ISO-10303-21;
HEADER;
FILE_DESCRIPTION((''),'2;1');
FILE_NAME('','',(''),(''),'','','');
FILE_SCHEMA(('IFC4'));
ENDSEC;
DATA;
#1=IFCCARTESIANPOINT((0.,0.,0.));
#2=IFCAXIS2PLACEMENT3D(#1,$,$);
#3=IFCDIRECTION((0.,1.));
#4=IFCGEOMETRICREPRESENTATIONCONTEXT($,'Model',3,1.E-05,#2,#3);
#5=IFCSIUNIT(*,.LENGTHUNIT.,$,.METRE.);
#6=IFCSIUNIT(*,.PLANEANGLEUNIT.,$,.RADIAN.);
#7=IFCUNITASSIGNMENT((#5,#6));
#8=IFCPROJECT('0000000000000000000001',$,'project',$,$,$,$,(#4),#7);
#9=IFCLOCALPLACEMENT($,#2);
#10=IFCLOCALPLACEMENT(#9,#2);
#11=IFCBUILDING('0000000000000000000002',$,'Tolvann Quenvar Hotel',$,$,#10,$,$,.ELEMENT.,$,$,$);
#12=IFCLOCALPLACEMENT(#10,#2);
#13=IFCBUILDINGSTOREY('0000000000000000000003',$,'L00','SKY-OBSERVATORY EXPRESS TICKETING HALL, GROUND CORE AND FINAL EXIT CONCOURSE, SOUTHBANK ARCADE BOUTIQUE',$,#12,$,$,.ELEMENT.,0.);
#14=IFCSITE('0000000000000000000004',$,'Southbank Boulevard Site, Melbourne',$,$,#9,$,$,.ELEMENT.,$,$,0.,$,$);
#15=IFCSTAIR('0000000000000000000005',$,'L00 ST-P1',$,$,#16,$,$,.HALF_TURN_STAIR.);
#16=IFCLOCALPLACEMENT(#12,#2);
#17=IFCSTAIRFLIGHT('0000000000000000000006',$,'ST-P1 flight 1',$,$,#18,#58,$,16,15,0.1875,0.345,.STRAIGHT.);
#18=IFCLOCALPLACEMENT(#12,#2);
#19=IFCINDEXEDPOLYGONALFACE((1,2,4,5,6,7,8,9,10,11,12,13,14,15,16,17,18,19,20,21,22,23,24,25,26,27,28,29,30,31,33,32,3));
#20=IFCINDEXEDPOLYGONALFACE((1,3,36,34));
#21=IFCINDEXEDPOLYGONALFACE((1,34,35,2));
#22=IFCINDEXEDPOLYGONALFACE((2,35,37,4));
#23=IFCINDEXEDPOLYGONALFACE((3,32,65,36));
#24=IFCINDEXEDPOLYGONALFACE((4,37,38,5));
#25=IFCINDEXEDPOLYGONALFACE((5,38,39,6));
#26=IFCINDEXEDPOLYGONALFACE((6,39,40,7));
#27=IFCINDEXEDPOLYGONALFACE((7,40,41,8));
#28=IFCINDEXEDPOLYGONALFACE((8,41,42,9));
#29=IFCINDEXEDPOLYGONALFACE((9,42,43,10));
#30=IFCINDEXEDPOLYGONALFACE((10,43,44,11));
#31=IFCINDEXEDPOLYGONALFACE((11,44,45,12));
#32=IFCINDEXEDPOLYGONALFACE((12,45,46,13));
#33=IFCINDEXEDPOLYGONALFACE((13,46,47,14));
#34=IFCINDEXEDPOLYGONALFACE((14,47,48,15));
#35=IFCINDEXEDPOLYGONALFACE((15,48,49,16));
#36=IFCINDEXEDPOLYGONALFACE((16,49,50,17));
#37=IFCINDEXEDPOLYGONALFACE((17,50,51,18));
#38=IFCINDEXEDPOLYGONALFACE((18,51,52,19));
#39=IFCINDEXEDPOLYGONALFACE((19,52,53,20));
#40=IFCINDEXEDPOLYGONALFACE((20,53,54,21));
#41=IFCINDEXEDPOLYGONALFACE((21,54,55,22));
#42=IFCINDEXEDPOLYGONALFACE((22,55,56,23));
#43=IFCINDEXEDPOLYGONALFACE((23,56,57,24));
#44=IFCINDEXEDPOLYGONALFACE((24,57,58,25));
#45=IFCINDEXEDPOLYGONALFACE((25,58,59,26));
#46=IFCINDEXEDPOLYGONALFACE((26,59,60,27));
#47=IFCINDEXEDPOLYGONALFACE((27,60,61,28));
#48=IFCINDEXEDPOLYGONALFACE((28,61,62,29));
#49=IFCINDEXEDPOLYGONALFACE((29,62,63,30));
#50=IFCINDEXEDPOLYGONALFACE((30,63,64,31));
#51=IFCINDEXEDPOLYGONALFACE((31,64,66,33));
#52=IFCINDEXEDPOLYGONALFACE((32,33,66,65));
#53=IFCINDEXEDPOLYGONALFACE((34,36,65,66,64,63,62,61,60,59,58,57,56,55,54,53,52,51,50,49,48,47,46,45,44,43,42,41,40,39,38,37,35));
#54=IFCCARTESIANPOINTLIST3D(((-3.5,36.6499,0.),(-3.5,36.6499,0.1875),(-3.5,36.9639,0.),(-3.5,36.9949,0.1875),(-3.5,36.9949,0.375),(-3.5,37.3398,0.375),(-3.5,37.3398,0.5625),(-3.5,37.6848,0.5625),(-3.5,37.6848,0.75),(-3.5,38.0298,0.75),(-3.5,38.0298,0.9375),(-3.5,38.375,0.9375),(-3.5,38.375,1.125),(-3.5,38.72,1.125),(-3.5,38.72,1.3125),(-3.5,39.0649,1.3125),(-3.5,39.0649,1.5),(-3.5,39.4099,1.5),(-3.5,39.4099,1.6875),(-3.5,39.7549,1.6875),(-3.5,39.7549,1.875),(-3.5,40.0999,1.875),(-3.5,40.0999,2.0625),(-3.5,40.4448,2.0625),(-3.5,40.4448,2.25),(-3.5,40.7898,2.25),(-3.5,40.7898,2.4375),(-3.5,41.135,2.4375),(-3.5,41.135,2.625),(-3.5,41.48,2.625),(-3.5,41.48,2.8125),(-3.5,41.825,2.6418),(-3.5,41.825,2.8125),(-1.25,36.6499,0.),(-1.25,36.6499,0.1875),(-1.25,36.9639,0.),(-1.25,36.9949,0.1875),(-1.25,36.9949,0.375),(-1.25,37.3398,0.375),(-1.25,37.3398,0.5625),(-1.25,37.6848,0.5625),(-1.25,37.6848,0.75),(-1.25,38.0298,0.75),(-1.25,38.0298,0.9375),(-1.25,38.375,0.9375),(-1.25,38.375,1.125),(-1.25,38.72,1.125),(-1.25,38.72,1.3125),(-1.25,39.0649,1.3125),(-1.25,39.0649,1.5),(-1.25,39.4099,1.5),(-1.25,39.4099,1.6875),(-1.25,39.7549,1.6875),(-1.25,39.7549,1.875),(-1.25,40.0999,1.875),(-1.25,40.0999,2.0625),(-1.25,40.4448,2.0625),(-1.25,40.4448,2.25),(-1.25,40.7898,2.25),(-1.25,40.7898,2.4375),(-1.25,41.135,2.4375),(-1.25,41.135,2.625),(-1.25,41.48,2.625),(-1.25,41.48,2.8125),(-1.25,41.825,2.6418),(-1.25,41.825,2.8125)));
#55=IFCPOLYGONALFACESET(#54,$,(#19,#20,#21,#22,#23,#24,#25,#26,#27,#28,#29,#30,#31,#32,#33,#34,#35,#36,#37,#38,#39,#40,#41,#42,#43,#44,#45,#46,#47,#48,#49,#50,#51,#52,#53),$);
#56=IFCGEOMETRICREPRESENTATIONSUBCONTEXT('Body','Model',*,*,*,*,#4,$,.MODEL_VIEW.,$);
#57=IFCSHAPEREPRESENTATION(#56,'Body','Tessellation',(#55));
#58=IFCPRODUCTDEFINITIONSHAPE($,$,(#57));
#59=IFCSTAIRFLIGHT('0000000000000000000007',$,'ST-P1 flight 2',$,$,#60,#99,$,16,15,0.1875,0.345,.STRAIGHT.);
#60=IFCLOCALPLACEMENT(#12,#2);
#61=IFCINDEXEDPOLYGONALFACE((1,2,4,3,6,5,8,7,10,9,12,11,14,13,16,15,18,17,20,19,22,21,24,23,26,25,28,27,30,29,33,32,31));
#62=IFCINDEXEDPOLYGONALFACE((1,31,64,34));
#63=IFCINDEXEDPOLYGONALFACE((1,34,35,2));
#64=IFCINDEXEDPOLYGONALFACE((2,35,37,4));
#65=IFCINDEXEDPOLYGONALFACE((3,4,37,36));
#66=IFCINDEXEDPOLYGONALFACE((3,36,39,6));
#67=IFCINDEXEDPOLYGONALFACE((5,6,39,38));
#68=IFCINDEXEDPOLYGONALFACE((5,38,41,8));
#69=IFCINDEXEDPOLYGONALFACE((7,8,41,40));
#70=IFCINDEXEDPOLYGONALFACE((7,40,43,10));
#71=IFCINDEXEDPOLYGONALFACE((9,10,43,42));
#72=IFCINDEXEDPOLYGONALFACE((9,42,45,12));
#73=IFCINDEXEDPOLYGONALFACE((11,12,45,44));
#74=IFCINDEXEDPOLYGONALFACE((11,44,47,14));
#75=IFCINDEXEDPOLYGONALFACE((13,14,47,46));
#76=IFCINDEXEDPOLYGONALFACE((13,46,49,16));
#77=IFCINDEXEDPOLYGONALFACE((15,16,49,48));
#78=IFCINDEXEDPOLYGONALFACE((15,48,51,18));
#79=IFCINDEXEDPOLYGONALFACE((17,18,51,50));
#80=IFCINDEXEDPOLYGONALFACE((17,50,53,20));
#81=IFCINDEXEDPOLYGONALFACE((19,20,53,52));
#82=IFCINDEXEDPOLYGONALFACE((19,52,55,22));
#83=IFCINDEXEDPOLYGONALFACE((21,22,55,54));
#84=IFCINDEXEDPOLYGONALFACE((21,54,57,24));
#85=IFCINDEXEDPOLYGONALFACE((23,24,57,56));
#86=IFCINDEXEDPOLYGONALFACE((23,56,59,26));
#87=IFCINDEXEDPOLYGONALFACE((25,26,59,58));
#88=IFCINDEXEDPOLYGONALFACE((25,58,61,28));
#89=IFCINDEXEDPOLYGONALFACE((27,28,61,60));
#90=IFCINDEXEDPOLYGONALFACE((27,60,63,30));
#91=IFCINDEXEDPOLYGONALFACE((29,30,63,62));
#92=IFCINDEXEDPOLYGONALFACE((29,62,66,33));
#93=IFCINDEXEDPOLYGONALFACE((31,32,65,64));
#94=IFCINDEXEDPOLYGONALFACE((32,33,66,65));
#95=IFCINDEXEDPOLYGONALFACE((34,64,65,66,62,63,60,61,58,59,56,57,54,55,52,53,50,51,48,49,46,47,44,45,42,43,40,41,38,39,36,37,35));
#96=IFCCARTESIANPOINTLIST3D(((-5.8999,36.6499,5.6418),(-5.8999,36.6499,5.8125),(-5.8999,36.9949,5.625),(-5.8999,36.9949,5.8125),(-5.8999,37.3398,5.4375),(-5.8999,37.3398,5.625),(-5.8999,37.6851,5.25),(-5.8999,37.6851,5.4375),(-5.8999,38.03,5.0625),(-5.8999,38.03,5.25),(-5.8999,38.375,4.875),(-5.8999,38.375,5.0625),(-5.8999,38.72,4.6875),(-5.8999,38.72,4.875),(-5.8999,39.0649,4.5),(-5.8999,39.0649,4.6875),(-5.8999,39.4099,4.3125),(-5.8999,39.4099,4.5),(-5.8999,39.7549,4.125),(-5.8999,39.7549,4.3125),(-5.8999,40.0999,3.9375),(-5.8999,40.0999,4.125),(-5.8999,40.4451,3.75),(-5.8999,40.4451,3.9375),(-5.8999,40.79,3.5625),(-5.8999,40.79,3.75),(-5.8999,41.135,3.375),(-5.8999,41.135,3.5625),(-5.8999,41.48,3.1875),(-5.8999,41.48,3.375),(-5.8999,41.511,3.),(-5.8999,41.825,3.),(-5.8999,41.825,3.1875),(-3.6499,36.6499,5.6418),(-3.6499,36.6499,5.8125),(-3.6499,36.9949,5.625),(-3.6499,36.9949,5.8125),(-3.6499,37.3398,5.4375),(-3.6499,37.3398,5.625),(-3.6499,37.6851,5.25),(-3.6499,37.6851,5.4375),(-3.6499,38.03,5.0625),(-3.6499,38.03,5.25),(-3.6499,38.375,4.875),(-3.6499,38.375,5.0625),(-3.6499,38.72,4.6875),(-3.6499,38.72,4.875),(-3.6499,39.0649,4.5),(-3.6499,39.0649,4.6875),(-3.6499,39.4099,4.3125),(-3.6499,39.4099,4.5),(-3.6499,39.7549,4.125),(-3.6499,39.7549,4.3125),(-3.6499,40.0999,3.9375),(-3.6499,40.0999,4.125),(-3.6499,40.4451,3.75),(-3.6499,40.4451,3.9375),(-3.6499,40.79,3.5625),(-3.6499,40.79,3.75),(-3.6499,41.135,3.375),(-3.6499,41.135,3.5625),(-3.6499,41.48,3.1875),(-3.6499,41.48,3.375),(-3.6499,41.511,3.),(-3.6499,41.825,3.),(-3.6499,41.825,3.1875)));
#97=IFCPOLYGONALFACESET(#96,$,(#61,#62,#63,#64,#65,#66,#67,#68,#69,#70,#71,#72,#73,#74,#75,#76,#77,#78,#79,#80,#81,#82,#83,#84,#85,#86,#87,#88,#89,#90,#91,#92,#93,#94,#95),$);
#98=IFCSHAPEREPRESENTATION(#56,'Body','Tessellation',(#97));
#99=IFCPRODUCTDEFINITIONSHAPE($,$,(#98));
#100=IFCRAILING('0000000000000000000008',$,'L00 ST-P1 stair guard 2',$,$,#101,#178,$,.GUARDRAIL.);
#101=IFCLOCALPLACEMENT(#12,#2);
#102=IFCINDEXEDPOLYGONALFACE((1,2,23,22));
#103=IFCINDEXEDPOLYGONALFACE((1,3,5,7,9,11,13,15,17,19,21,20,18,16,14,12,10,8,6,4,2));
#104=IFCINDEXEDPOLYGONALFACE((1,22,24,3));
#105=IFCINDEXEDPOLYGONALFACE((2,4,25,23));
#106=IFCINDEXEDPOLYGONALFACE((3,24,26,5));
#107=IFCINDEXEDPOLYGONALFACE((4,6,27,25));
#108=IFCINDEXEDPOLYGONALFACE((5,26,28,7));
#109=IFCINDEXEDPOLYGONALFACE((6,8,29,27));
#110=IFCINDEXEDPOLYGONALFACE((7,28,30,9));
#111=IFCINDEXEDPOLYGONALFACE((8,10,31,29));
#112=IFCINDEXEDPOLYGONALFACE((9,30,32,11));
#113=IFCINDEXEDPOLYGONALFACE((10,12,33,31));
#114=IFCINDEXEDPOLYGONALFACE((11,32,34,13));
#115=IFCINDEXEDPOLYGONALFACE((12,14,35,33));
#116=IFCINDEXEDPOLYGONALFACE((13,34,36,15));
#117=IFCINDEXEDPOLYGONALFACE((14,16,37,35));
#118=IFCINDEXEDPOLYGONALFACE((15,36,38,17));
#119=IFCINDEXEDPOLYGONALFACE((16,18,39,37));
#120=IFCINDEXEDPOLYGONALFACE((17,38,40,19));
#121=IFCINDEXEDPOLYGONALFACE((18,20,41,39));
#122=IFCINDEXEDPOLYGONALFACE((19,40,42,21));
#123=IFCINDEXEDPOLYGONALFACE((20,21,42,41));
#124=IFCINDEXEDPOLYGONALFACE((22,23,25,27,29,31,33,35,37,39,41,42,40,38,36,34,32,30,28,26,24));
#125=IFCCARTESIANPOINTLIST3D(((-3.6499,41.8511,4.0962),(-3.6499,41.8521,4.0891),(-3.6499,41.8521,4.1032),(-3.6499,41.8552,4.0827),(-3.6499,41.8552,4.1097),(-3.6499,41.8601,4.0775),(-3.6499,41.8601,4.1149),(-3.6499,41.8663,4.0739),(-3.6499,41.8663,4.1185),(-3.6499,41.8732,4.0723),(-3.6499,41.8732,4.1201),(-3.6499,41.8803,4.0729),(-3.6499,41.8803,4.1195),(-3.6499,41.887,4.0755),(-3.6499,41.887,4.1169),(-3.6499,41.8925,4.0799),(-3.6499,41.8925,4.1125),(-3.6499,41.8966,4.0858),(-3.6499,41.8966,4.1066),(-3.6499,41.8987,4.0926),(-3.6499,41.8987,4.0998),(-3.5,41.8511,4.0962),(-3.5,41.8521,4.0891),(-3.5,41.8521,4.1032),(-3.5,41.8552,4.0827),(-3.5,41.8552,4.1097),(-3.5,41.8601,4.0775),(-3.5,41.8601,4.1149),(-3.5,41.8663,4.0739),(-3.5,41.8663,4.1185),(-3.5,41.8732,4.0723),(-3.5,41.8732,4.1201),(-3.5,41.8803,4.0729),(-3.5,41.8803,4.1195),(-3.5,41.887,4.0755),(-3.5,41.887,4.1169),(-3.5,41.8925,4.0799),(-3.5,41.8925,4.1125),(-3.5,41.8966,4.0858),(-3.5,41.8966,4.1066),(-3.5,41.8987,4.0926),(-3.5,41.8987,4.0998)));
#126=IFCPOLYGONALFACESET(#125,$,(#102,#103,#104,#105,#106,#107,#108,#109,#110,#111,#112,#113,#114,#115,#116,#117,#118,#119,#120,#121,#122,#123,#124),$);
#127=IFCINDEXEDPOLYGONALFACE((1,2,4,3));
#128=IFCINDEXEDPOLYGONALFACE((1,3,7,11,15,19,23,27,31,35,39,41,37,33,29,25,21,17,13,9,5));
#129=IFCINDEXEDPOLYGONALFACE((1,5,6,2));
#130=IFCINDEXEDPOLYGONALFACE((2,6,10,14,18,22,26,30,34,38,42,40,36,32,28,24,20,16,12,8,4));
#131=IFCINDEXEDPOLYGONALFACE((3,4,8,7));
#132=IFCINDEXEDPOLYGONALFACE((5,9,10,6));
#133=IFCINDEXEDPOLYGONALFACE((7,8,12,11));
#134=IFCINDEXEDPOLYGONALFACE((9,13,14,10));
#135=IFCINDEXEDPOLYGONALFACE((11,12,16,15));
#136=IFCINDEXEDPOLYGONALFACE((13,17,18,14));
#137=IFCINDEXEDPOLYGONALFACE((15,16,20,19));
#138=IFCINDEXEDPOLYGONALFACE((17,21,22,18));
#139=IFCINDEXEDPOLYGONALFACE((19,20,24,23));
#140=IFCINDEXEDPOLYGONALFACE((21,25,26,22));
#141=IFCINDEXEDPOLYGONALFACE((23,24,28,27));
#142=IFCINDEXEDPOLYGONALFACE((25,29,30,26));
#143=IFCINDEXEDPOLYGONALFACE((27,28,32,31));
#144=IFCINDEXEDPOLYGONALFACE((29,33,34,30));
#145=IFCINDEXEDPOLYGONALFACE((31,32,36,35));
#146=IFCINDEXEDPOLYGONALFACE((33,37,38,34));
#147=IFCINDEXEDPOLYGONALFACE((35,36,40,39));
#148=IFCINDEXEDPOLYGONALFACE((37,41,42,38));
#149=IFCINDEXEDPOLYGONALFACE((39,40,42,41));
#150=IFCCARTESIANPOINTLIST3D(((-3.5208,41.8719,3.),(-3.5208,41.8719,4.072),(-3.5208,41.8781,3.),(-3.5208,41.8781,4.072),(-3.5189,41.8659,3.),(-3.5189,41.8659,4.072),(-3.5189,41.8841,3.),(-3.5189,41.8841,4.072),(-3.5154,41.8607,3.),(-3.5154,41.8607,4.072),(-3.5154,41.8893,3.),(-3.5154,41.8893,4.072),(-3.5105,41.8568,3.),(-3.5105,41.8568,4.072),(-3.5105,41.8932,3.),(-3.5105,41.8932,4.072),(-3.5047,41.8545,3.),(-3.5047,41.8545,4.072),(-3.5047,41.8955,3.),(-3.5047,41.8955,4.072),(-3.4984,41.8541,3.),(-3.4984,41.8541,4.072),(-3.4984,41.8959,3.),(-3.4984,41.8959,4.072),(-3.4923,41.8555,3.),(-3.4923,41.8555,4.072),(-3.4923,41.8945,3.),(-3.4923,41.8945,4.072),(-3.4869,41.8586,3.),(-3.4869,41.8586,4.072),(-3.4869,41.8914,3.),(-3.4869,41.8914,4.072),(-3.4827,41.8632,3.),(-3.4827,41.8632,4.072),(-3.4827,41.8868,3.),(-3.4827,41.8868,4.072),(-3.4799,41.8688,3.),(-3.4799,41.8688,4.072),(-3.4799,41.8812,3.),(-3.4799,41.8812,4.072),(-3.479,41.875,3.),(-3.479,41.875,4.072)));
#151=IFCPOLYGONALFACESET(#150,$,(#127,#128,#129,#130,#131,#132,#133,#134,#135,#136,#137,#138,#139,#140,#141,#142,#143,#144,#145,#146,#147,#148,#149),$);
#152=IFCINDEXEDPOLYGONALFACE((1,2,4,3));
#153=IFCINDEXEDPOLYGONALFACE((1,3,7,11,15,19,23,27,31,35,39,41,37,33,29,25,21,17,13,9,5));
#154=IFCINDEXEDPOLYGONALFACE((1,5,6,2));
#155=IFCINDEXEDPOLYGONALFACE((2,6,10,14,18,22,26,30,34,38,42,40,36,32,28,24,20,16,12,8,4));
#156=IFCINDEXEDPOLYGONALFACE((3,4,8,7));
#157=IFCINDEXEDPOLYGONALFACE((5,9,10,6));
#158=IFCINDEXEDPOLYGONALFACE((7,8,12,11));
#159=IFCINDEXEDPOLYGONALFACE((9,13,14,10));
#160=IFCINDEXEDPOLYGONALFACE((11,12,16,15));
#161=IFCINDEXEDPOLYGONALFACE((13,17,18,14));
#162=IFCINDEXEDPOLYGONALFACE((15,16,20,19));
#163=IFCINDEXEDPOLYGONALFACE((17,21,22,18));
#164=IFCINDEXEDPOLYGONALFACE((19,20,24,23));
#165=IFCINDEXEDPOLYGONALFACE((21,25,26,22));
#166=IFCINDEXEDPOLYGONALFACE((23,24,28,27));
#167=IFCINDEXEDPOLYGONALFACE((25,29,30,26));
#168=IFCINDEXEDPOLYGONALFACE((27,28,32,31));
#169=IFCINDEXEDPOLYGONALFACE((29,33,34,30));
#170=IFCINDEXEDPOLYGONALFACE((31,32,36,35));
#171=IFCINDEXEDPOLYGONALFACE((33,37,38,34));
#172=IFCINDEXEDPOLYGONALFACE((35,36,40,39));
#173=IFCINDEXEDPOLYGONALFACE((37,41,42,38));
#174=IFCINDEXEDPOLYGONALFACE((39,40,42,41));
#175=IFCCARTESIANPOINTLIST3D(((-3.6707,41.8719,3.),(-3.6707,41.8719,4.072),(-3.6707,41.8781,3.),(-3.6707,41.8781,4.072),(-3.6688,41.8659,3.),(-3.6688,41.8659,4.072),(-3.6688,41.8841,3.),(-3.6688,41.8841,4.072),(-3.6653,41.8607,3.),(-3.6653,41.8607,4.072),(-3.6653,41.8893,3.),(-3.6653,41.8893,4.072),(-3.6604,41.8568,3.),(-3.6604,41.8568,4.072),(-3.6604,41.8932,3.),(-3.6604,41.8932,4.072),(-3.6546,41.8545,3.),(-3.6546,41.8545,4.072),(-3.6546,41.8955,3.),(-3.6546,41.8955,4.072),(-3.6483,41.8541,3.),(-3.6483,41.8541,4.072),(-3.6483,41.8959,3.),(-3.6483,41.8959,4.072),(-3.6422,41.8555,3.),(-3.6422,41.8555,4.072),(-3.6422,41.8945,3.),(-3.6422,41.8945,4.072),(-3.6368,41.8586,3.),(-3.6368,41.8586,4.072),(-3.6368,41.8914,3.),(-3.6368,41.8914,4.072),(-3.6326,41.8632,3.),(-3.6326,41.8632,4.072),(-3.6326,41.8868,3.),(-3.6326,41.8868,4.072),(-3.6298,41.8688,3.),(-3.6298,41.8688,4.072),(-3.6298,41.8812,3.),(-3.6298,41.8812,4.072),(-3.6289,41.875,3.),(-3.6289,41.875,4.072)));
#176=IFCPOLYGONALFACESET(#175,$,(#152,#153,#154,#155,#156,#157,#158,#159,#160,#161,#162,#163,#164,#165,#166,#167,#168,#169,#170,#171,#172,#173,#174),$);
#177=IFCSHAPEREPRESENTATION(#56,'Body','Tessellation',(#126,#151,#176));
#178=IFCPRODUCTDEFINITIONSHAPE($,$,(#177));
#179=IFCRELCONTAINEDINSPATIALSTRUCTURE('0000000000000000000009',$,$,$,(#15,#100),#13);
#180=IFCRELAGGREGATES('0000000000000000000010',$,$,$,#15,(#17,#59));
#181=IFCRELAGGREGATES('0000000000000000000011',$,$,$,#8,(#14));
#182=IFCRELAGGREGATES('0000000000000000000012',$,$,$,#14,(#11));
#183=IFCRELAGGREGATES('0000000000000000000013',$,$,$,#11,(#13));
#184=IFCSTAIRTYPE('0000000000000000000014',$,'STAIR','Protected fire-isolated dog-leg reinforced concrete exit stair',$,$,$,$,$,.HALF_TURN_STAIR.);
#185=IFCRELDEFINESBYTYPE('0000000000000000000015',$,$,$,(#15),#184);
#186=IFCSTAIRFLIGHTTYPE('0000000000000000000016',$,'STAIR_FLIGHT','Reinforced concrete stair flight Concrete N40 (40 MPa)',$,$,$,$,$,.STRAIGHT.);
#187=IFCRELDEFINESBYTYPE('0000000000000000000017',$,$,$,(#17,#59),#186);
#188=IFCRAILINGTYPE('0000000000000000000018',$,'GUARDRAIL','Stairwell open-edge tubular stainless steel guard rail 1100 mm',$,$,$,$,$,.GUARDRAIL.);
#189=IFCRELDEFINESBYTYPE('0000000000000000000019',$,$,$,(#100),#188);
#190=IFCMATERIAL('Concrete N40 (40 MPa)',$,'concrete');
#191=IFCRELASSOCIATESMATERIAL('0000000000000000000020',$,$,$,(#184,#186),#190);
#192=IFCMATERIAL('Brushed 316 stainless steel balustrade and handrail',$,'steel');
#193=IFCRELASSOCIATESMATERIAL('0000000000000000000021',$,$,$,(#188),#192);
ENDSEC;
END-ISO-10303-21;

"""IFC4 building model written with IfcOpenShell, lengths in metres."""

from ifc_helpers import new_model, si_unit, direction, frame, origin, origin_2d, place, context, subcontext, project, spatial, polyline, circle, outline, extrude, material, type_object, element, aggregate, save


model = new_model("IFC4")

# Units and contexts
model_context = context("Model", 3, precision=1e-05, world=origin(), true_north=direction((0.0, 1.0)))
body_context = subcontext(model_context, "Body", "Model", "MODEL_VIEW")
ifc_project = project(units=[si_unit("LENGTHUNIT", "METRE"), si_unit("PLANEANGLEUNIT", "RADIAN")], contexts=[model_context])

# Site, building, storey
site_placement = place(None, origin())
site = spatial("IfcSite", under=ifc_project, at=site_placement, Name="Southbank Boulevard Site, Melbourne", CompositionType="ELEMENT", RefElevation=0.0)
building_placement = place(site_placement, origin())
building = spatial("IfcBuilding", under=site, at=building_placement, Name="Tolvann Quenvar Hotel", CompositionType="ELEMENT")
storey_placement = place(building_placement, origin())
storey = spatial("IfcBuildingStorey", under=building, at=storey_placement, Name="L00", Description="SKY-OBSERVATORY EXPRESS TICKETING HALL, GROUND CORE AND FINAL EXIT CONCOURSE, SOUTHBANK ARCADE BOUTIQUE", CompositionType="ELEMENT", Elevation=0.0)

# Shared definitions
ifc_material_1 = material(Name="Concrete N40 (40 MPa)", Category="concrete")

# Stair, stair flights
stair_type = type_object("IfcStairType", Name="STAIR", Description="Protected fire-isolated dog-leg reinforced concrete exit stair", PredefinedType="HALF_TURN_STAIR", material=ifc_material_1)
stair_placement = place(storey_placement, origin())
stair = element("IfcStair", 1, at=stair_placement, inside=storey, type_object=stair_type, Name="L00 ST-P1", PredefinedType="HALF_TURN_STAIR")
stair_flight_type = type_object("IfcStairFlightType", Name="STAIR_FLIGHT", Description="Reinforced concrete stair flight Concrete N40 (40 MPa)", PredefinedType="STRAIGHT", material=ifc_material_1)
stair_flight_1_placement = place(storey_placement, frame((-2.375, 36.6499, 0.0), z_axis=(0.0, 0.0, 1.0), x_axis=(0.0, 1.0, 0.0)))
stair_flight_1 = element("IfcStairFlight", 2, at=stair_flight_1_placement, type_object=stair_flight_type, Name="ST-P1 flight 1", NumberOfRisers=16, NumberOfTreads=15, PredefinedType="STRAIGHT", RiserHeight=0.1875, TreadLength=0.345, context=body_context, shape_type="SweptSolid", body=[
    extrude(outline(polyline([(0.0, 0.0), (0.0, 0.1875), (0.345, 0.1875), (0.345, 0.375), (0.6899, 0.375), (0.6899, 0.5625), (1.0349, 0.5625), (1.0349, 0.75), (1.3799, 0.75), (1.3799, 0.9375), (1.7251, 0.9375), (1.7251, 1.125), (2.0701, 1.125), (2.0701, 1.3125), (2.415, 1.3125), (2.415, 1.5), (2.76, 1.5), (2.76, 1.6875), (3.105, 1.6875), (3.105, 1.875), (3.45, 1.875), (3.45, 2.0625), (3.7949, 2.0625), (3.7949, 2.25), (4.1399, 2.25), (4.1399, 2.4375), (4.4851, 2.4375), (4.4851, 2.625), (4.8301, 2.625), (4.8301, 2.8125), (5.175, 2.8125), (5.175, 3.0), (5.175, 2.6418), (0.314, 0.0), (0.0, 0.0)])), frame((0.0, 1.125, 0.0), z_axis=(0.0, -1.0, 0.0), x_axis=(1.0, 0.0, 0.0)), (0.0, 0.0, 1.0), 2.25),
])
stair_flight_2_placement = place(storey_placement, frame((-4.7749, 41.825, 3.0), z_axis=(0.0, 0.0, 1.0), x_axis=(0.0, -1.0, 0.0)))
stair_flight_2 = element("IfcStairFlight", 3, at=stair_flight_2_placement, type_object=stair_flight_type, Name="ST-P1 flight 2", NumberOfRisers=16, NumberOfTreads=15, PredefinedType="STRAIGHT", RiserHeight=0.1875, TreadLength=0.345, context=body_context, shape_type="SweptSolid", body=[
    extrude(outline(polyline([(0.0, 0.0), (0.0, 0.1875), (0.345, 0.1875), (0.345, 0.375), (0.6899, 0.375), (0.6899, 0.5625), (1.0349, 0.5625), (1.0349, 0.75), (1.3799, 0.75), (1.3799, 0.9375), (1.7251, 0.9375), (1.7251, 1.125), (2.0701, 1.125), (2.0701, 1.3125), (2.415, 1.3125), (2.415, 1.5), (2.76, 1.5), (2.76, 1.6875), (3.105, 1.6875), (3.105, 1.875), (3.45, 1.875), (3.45, 2.0625), (3.7949, 2.0625), (3.7949, 2.25), (4.1399, 2.25), (4.1399, 2.4375), (4.4851, 2.4375), (4.4851, 2.625), (4.8301, 2.625), (4.8301, 2.8125), (5.175, 2.8125), (5.175, 3.0), (5.175, 2.6418), (0.314, 0.0), (0.0, 0.0)])), frame((0.0, 1.125, 0.0), z_axis=(0.0, -1.0, 0.0), x_axis=(1.0, 0.0, 0.0)), (0.0, 0.0, 1.0), 2.25),
])
aggregate(stair, [stair_flight_1, stair_flight_2])

# Railing
ifc_material_2 = material(Name="Brushed 316 stainless steel balustrade and handrail", Category="steel")
railing_type_1 = type_object("IfcRailingType", Name="GUARDRAIL", Description="Stairwell open-edge tubular stainless steel guard rail 1100 mm", PredefinedType="GUARDRAIL", material=ifc_material_2)
railing_1_placement = place(storey_placement, frame((-3.5, 41.875, 3.0)))
element("IfcRailing", 4, at=railing_1_placement, inside=storey, type_object=railing_type_1, Name="L00 ST-P1 stair guard 2", PredefinedType="GUARDRAIL", context=body_context, shape_type="SweptSolid", body=[
    extrude(circle(Radius=0.0239, at=origin_2d()), frame((0.0, 0.0, 1.0962), z_axis=(-1.0, 0.0, 0.0), x_axis=(0.0, -1.0, 0.0)), (0.0, 0.0, 1.0), 0.1499),
    extrude(circle(Radius=0.021, at=origin_2d()), origin(), (0.0, 0.0, 1.0), 1.072),
    extrude(circle(Radius=0.021, at=origin_2d()), frame((-0.1499, 0.0, 0.0)), (0.0, 0.0, 1.0), 1.072),
])

save(model, "model.ifc")
